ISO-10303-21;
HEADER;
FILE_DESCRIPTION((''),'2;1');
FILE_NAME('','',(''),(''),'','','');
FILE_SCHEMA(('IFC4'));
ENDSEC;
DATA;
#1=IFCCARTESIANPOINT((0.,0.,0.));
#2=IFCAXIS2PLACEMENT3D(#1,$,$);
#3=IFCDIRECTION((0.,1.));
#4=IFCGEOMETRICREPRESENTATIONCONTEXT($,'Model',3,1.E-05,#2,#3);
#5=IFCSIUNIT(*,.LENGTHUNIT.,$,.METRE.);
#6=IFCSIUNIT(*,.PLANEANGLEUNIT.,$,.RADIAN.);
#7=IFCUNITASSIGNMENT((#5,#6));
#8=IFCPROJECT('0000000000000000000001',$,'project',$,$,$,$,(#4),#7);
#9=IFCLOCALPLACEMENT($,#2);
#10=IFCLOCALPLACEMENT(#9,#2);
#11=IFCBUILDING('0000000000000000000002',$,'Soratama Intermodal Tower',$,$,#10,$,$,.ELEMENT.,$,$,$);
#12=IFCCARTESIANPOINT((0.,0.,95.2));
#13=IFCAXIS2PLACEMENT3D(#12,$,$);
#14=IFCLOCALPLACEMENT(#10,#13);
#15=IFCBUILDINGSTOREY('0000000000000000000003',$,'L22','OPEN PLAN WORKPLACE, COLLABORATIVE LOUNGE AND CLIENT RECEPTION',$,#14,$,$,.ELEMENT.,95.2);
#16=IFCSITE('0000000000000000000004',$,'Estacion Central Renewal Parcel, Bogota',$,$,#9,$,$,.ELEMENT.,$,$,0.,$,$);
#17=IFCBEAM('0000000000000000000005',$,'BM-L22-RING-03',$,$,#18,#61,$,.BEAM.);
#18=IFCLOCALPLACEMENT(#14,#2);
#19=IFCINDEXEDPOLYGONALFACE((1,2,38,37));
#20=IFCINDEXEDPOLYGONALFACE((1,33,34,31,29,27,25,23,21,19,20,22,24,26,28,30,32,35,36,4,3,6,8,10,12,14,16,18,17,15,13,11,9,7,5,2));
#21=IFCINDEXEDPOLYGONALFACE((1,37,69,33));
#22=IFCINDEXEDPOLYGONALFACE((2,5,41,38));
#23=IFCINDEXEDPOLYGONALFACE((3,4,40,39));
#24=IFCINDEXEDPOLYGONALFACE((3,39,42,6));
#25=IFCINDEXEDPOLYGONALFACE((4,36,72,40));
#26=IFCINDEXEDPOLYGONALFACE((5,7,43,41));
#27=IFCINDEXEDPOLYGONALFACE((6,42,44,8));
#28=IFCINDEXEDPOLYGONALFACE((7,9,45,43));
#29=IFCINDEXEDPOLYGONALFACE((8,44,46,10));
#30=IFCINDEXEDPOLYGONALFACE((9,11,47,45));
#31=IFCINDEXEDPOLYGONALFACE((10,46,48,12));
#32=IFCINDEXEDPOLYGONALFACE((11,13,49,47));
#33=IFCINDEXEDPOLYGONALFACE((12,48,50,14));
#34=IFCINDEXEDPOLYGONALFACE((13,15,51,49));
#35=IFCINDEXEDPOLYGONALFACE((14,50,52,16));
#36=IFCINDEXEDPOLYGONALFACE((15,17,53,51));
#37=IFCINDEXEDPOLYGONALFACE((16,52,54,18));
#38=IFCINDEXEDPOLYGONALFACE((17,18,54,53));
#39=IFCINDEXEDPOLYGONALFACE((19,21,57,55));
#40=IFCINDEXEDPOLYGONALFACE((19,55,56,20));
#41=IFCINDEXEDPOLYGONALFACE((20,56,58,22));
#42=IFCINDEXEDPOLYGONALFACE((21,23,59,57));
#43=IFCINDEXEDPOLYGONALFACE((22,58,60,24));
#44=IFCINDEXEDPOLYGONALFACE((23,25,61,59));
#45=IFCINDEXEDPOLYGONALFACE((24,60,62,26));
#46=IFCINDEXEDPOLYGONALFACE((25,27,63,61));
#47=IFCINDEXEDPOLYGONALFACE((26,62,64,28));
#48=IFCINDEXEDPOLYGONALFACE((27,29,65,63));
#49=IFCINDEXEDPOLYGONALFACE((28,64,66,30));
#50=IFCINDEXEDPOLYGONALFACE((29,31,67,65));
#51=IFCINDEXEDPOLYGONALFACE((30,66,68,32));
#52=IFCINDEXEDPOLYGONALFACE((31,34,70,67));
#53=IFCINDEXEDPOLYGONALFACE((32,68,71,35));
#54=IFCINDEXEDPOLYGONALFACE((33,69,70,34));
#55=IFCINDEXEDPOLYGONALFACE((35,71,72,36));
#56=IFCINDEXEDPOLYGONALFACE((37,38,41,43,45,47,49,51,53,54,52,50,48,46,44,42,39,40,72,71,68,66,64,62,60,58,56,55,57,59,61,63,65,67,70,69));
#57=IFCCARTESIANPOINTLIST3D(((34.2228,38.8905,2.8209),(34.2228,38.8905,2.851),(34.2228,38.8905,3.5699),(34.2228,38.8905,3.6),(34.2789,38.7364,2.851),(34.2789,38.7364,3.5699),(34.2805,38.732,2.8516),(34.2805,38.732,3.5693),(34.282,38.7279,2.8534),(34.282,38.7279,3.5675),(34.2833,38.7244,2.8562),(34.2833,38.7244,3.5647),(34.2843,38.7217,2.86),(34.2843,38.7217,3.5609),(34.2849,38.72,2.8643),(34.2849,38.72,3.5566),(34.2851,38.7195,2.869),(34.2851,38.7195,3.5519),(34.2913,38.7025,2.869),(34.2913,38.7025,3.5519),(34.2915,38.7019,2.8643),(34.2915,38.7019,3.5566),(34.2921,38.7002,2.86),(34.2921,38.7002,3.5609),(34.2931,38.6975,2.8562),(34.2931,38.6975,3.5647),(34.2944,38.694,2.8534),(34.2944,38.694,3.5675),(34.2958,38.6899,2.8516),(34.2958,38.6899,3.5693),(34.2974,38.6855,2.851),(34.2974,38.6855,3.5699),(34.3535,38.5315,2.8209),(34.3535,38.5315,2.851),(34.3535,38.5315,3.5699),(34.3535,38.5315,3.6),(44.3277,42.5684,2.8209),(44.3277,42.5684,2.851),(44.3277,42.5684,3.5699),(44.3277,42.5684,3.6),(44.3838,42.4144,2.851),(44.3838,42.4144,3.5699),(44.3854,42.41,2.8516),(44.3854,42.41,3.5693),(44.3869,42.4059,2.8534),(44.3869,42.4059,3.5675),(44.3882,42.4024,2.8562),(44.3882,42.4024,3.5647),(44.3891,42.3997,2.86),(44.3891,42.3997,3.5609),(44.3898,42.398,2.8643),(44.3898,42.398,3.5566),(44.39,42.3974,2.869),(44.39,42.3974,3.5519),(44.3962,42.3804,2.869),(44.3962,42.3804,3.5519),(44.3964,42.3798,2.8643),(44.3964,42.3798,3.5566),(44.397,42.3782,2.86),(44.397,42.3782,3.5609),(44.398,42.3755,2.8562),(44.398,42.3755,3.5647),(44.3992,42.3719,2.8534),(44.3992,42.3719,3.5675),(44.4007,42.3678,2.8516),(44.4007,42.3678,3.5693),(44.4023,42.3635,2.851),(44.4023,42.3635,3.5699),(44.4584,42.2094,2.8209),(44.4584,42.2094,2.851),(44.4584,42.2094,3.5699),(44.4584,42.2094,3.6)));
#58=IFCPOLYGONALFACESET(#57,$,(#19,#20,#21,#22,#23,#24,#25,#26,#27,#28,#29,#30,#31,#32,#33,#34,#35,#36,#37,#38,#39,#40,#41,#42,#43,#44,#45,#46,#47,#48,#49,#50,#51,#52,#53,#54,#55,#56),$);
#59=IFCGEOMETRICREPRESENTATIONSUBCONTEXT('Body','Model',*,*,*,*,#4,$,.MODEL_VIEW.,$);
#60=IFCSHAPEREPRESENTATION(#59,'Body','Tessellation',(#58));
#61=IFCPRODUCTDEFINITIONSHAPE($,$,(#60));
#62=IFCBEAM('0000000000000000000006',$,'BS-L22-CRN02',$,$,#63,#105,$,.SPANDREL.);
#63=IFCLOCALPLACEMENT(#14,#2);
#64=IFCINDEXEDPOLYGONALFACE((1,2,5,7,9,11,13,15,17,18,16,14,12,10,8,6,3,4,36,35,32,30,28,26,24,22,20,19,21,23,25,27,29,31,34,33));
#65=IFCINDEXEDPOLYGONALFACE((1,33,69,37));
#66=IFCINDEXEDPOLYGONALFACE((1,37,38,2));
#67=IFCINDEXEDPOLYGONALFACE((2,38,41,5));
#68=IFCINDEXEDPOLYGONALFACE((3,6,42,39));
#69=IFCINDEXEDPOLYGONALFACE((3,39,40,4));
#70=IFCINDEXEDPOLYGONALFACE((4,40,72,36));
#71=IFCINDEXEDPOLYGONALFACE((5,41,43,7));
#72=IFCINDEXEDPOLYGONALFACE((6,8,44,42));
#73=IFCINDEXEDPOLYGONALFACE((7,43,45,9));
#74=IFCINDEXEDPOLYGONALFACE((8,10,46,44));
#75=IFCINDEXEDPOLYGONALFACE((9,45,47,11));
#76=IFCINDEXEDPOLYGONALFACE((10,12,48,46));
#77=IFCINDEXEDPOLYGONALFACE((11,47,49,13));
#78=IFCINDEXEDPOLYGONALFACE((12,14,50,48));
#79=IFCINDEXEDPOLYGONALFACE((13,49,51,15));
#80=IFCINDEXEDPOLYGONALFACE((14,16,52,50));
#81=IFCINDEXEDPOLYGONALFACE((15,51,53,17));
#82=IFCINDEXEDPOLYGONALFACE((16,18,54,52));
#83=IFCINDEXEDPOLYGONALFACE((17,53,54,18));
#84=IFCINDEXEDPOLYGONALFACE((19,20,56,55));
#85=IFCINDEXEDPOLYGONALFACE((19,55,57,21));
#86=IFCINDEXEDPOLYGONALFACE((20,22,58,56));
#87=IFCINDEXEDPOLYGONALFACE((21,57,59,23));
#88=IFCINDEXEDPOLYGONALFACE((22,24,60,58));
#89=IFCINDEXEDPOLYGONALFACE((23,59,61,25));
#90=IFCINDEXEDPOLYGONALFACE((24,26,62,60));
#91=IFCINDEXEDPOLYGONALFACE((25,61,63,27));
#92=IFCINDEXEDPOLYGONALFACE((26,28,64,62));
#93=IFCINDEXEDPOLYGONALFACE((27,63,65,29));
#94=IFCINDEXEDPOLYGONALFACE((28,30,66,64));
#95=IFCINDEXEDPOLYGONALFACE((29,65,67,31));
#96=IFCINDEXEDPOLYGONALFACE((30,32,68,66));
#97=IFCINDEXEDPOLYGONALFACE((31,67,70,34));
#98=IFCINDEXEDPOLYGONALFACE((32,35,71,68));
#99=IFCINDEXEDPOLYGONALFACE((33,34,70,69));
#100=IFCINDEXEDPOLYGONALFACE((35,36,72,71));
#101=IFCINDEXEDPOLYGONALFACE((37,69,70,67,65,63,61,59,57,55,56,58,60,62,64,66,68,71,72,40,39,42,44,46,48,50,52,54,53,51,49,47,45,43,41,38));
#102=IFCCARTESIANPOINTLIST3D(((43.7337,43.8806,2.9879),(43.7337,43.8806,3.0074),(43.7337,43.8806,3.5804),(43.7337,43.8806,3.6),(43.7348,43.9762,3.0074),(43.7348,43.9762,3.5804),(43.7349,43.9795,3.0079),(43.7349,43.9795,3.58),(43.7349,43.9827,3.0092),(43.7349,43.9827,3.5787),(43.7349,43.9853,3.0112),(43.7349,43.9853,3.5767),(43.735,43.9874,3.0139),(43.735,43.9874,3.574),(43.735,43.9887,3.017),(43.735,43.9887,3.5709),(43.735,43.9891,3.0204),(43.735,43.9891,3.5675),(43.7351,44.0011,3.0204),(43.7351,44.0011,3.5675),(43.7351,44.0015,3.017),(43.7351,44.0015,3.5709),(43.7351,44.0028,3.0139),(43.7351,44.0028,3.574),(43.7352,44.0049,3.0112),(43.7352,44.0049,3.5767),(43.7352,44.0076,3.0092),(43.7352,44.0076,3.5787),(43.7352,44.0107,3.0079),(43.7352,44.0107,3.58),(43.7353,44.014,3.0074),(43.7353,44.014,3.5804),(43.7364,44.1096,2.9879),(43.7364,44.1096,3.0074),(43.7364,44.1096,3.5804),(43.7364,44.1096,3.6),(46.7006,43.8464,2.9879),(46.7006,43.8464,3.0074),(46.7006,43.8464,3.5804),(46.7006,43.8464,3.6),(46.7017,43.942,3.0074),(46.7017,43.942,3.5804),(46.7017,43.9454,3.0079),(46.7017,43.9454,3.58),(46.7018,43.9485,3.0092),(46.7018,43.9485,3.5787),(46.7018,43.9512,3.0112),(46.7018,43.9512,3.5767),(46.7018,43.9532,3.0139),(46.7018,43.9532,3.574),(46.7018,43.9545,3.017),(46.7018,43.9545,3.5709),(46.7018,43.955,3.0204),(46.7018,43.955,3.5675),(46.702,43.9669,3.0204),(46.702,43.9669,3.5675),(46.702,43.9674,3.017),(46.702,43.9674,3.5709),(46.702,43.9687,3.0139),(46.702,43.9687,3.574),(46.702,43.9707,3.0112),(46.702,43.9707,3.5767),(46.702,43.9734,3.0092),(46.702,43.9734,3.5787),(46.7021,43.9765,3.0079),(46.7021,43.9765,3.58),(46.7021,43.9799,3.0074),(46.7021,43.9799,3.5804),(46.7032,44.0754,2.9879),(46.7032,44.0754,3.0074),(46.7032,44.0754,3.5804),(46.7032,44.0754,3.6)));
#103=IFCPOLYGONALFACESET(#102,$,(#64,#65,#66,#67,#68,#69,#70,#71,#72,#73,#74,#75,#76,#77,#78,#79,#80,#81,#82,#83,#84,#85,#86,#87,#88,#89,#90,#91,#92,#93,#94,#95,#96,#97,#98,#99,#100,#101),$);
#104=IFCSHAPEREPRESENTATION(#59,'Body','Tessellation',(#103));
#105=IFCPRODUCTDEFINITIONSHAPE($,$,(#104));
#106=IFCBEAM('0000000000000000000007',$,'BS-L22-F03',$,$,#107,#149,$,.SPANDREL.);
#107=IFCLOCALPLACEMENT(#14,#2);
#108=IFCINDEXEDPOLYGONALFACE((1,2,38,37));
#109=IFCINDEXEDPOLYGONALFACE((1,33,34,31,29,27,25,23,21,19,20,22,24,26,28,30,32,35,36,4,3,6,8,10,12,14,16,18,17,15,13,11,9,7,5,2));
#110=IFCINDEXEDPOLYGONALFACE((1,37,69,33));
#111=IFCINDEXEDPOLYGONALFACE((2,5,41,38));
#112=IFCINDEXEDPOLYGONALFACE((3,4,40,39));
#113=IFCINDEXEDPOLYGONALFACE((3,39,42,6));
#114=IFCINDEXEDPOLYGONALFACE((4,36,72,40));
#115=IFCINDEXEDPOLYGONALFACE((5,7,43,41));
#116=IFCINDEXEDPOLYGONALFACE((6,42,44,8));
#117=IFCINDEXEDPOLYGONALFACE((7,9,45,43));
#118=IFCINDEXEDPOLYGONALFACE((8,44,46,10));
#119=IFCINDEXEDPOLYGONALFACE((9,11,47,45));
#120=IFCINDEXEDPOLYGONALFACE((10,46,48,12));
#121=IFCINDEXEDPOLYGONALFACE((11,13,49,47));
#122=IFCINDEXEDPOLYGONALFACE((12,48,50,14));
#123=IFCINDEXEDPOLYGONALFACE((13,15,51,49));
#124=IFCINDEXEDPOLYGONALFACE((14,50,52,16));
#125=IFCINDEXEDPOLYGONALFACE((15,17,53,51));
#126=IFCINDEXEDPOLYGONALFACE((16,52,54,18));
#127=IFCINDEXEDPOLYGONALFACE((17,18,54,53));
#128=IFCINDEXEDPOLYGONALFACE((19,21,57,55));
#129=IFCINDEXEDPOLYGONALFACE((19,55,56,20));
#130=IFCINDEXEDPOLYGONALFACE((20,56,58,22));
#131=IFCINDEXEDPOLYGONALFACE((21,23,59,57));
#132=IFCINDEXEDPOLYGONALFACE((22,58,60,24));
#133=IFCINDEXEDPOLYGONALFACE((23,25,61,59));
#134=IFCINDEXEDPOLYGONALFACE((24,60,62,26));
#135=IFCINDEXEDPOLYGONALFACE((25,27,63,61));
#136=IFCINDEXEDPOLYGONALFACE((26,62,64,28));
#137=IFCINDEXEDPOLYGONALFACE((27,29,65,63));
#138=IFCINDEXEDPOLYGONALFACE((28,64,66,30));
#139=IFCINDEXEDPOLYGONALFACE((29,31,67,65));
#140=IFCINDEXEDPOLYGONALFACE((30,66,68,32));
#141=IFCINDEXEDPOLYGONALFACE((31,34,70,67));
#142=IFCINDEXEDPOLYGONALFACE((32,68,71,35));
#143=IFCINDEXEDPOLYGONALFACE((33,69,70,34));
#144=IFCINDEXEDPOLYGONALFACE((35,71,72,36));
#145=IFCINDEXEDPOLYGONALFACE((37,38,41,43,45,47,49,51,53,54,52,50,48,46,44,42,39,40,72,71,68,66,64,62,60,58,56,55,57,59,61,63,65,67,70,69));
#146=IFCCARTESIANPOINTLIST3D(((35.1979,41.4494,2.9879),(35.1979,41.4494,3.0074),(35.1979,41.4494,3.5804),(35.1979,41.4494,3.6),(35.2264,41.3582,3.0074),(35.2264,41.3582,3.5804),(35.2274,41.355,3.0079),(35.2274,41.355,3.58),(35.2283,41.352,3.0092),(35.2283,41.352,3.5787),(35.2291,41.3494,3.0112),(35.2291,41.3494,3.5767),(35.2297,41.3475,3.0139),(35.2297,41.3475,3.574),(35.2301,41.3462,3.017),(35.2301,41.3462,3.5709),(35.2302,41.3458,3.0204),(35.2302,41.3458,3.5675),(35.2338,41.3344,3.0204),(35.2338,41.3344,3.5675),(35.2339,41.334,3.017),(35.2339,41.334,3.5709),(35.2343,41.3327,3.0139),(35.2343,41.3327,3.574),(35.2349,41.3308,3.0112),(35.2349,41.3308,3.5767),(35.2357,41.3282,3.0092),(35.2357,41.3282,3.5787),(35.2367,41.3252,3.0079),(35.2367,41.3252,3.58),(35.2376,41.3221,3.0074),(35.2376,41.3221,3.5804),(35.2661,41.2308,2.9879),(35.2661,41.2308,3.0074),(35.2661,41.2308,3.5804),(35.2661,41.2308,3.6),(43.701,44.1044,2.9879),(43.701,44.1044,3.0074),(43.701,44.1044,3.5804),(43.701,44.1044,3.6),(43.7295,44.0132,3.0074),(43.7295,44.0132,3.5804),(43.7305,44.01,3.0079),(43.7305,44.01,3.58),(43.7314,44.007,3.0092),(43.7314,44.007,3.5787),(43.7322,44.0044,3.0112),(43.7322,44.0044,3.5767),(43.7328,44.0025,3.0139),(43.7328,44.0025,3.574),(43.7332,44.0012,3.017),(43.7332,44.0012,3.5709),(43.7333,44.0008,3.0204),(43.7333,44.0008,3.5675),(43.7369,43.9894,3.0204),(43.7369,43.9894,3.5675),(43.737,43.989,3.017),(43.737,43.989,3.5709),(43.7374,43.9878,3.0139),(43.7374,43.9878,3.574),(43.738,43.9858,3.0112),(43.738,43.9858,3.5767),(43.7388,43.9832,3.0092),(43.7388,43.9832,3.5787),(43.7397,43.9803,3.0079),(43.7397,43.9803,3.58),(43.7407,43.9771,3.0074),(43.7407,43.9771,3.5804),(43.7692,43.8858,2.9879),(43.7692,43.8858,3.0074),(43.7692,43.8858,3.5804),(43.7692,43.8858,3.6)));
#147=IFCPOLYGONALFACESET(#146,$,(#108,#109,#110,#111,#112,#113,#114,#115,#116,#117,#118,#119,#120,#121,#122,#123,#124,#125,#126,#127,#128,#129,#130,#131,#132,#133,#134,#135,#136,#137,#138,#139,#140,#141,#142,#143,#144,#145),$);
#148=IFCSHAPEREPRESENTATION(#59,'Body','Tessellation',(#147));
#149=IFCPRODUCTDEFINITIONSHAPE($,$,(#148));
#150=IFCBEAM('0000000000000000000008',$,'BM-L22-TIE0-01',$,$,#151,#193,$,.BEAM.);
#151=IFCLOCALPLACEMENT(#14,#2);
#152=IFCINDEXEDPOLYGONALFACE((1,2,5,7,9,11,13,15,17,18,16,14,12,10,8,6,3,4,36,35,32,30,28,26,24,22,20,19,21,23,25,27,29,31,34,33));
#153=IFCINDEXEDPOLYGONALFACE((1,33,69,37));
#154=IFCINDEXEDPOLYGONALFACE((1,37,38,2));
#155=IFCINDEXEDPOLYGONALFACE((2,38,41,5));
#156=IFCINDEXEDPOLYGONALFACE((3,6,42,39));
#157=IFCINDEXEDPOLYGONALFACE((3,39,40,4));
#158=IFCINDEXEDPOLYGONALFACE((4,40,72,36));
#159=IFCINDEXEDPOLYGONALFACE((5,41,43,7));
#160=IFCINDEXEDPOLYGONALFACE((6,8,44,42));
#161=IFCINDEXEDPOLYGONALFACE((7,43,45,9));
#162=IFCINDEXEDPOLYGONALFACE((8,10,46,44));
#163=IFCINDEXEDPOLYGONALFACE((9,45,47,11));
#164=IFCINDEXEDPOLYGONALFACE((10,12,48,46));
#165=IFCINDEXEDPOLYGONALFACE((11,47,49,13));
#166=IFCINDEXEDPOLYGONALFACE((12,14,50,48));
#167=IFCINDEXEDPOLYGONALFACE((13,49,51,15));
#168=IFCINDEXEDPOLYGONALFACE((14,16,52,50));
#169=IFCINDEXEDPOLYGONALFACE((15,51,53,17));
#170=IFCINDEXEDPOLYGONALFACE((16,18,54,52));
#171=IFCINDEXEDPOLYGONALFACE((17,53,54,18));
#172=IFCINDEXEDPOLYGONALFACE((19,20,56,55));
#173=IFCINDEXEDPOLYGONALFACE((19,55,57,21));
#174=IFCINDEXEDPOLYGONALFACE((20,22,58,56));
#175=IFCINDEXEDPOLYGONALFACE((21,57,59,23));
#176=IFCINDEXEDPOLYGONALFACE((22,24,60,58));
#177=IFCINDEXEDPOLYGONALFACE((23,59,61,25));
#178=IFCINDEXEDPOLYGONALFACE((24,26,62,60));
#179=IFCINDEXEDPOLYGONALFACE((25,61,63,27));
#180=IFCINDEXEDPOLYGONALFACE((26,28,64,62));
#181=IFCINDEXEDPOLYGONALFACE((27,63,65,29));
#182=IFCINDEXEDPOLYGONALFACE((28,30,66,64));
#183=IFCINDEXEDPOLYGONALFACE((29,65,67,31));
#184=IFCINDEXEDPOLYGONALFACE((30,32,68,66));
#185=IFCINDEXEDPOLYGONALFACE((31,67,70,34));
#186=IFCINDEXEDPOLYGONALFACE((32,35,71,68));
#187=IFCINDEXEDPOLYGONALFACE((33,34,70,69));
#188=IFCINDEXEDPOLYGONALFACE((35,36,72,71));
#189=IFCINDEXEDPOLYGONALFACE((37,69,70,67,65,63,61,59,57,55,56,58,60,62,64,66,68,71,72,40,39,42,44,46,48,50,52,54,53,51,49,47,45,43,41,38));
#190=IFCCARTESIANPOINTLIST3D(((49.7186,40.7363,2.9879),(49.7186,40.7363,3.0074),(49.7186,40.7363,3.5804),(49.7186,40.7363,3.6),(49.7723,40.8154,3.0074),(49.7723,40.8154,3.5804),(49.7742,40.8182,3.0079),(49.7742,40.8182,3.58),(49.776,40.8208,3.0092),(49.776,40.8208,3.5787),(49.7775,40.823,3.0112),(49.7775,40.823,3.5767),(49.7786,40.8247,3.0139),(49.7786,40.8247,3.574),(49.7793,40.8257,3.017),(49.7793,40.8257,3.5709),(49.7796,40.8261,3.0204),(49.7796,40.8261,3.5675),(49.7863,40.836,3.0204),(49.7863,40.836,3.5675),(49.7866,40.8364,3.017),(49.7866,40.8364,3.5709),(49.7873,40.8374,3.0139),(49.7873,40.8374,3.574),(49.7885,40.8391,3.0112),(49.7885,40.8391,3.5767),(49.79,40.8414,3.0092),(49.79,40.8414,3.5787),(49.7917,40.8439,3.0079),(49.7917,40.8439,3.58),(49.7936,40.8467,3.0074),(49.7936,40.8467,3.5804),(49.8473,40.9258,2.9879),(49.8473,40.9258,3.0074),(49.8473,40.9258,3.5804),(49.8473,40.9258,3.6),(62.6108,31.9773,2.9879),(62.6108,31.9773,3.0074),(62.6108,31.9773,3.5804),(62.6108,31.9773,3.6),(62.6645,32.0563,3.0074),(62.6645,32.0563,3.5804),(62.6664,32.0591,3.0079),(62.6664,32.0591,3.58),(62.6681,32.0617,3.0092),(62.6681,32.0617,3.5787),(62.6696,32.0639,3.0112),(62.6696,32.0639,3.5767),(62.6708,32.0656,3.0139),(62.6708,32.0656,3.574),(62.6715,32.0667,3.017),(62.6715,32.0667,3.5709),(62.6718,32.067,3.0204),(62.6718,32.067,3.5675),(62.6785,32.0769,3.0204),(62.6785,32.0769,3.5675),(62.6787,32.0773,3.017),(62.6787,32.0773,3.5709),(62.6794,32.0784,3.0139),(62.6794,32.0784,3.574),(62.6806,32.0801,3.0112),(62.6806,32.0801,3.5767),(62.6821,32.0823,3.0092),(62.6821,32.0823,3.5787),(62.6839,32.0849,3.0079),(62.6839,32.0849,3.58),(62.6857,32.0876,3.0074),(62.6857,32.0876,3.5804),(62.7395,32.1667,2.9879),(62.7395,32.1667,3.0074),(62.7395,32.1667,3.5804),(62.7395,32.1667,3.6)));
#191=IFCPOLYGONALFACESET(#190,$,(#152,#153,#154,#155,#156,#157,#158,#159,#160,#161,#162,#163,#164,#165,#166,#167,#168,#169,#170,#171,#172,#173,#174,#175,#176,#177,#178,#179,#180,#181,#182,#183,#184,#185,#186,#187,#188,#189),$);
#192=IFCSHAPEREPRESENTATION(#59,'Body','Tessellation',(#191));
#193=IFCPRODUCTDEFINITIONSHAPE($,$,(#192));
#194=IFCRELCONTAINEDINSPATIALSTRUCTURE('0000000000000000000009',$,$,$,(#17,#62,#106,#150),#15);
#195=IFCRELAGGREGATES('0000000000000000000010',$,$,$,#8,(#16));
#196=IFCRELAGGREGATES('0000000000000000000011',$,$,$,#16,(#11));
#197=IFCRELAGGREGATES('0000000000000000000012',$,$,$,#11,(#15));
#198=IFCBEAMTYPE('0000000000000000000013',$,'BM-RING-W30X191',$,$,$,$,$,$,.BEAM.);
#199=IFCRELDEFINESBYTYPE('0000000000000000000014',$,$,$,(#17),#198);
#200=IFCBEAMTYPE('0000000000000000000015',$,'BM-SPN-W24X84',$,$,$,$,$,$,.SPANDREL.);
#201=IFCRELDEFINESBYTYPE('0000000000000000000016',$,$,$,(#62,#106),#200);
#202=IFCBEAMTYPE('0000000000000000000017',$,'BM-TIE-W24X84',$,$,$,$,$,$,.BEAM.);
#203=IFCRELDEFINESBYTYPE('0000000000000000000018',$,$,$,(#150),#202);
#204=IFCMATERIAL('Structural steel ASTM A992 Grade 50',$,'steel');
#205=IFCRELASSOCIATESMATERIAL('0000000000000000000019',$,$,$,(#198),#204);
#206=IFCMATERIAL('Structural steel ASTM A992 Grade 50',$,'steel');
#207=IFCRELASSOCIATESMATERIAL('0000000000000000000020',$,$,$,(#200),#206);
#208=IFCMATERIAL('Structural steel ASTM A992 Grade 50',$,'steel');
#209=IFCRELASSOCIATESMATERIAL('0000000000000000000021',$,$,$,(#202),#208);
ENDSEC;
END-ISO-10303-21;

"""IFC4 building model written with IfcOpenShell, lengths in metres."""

from ifc_helpers import new_model, si_unit, direction, frame, origin, origin_2d, place, context, subcontext, project, spatial, i_section, extrude, material, material_profile, profile_set, type_object, element, save


model = new_model("IFC4")

# Units and contexts
model_context = context("Model", 3, precision=1e-05, world=origin(), true_north=direction((0.0, 1.0)))
body_context = subcontext(model_context, "Body", "Model", "MODEL_VIEW")
ifc_project = project(units=[si_unit("LENGTHUNIT", "METRE"), si_unit("PLANEANGLEUNIT", "RADIAN")], contexts=[model_context])

# Site, building, storey
site_placement = place(None, origin())
site = spatial("IfcSite", under=ifc_project, at=site_placement, Name="Estacion Central Renewal Parcel, Bogota", CompositionType="ELEMENT", RefElevation=0.0)
building_placement = place(site_placement, origin())
building = spatial("IfcBuilding", under=site, at=building_placement, Name="Soratama Intermodal Tower", CompositionType="ELEMENT")
storey_placement = place(building_placement, frame((0.0, 0.0, 95.2)))
storey = spatial("IfcBuildingStorey", under=building, at=storey_placement, Name="L22", Description="OPEN PLAN WORKPLACE, COLLABORATIVE LOUNGE AND CLIENT RECEPTION", CompositionType="ELEMENT", Elevation=95.2)

# Beams
ifc_material_1 = material(Name="Structural steel ASTM A992 Grade 50", Category="steel")
ifc_material_profile_1 = material_profile(ifc_material_1, i_section(OverallWidth=0.3821, OverallDepth=0.7791, WebThickness=0.0181, FlangeThickness=0.03, FilletRadius=0.0181, at=origin_2d()), Name="W30X191")
ifc_profile_set_1 = profile_set([ifc_material_profile_1], Name="Structural steel ASTM A992 Grade 50")
beam_type_1 = type_object("IfcBeamType", Name="BM-RING-W30X191", PredefinedType="BEAM", material=ifc_profile_set_1)
beam_1_placement = place(storey_placement, frame((44.3931, 42.3889, 3.2104), z_axis=(-0.939691, -0.342026, 0.0), x_axis=(0.342026, -0.939691, 0.0)))
element("IfcBeam", 1, at=beam_1_placement, inside=storey, type_object=beam_type_1, Name="BM-L22-RING-03", PredefinedType="BEAM", context=body_context, shape_type="SweptSolid", body=[
    extrude(i_section(OverallWidth=0.3821, OverallDepth=0.7791, WebThickness=0.0181, FlangeThickness=0.03, FilletRadius=0.0181, at=origin_2d()), origin(), (0.0, 0.0, 1.0), 10.7534),
])
ifc_material_2 = material(Name="Structural steel ASTM A992 Grade 50", Category="steel")
ifc_material_profile_2 = material_profile(ifc_material_2, i_section(OverallWidth=0.229, OverallDepth=0.6121, WebThickness=0.012, FlangeThickness=0.0195, FilletRadius=0.0129, at=origin_2d()), Name="W24X84")
ifc_profile_set_2 = profile_set([ifc_material_profile_2], Name="Structural steel ASTM A992 Grade 50")
beam_type_2 = type_object("IfcBeamType", Name="BM-SPN-W24X84", PredefinedType="SPANDREL", material=ifc_profile_set_2)
beam_2_placement = place(storey_placement, frame((46.7019, 43.9609, 3.2939), z_axis=(-0.999934, 0.01152, 0.0), x_axis=(-0.01152, -0.999934, 0.0)))
element("IfcBeam", 2, at=beam_2_placement, inside=storey, type_object=beam_type_2, Name="BS-L22-CRN02", PredefinedType="SPANDREL", context=body_context, shape_type="SweptSolid", body=[
    extrude(i_section(OverallWidth=0.229, OverallDepth=0.6121, WebThickness=0.012, FlangeThickness=0.0195, FilletRadius=0.0129, at=origin_2d()), origin(), (0.0, 0.0, 1.0), 2.967),
])
beam_3_placement = place(storey_placement, frame((43.7351, 43.9951, 3.2939), z_axis=(-0.954551, -0.298049, 0.0), x_axis=(0.298049, -0.954551, 0.0)))
element("IfcBeam", 3, at=beam_3_placement, inside=storey, type_object=beam_type_2, Name="BS-L22-F03", PredefinedType="SPANDREL", context=body_context, shape_type="SweptSolid", body=[
    extrude(i_section(OverallWidth=0.229, OverallDepth=0.6121, WebThickness=0.012, FlangeThickness=0.0195, FilletRadius=0.0129, at=origin_2d()), origin(), (0.0, 0.0, 1.0), 8.908),
])
ifc_material_3 = material(Name="Structural steel ASTM A992 Grade 50", Category="steel")
ifc_material_profile_3 = material_profile(ifc_material_3, i_section(OverallWidth=0.229, OverallDepth=0.6121, WebThickness=0.012, FlangeThickness=0.0195, FilletRadius=0.0129, at=origin_2d()), Name="W24X84")
ifc_profile_set_3 = profile_set([ifc_material_profile_3], Name="Structural steel ASTM A992 Grade 50")
beam_type_3 = type_object("IfcBeamType", Name="BM-TIE-W24X84", PredefinedType="BEAM", material=ifc_profile_set_3)
beam_4_placement = place(storey_placement, frame((49.783, 40.8311, 3.2939), z_axis=(0.827153, -0.561977, 0.0), x_axis=(0.561977, 0.827153, 0.0)))
element("IfcBeam", 4, at=beam_4_placement, inside=storey, type_object=beam_type_3, Name="BM-L22-TIE0-01", PredefinedType="BEAM", context=body_context, shape_type="SweptSolid", body=[
    extrude(i_section(OverallWidth=0.229, OverallDepth=0.6121, WebThickness=0.012, FlangeThickness=0.0195, FilletRadius=0.0129, at=origin_2d()), origin(), (0.0, 0.0, 1.0), 15.5862),
])

save(model, "model.ifc")
